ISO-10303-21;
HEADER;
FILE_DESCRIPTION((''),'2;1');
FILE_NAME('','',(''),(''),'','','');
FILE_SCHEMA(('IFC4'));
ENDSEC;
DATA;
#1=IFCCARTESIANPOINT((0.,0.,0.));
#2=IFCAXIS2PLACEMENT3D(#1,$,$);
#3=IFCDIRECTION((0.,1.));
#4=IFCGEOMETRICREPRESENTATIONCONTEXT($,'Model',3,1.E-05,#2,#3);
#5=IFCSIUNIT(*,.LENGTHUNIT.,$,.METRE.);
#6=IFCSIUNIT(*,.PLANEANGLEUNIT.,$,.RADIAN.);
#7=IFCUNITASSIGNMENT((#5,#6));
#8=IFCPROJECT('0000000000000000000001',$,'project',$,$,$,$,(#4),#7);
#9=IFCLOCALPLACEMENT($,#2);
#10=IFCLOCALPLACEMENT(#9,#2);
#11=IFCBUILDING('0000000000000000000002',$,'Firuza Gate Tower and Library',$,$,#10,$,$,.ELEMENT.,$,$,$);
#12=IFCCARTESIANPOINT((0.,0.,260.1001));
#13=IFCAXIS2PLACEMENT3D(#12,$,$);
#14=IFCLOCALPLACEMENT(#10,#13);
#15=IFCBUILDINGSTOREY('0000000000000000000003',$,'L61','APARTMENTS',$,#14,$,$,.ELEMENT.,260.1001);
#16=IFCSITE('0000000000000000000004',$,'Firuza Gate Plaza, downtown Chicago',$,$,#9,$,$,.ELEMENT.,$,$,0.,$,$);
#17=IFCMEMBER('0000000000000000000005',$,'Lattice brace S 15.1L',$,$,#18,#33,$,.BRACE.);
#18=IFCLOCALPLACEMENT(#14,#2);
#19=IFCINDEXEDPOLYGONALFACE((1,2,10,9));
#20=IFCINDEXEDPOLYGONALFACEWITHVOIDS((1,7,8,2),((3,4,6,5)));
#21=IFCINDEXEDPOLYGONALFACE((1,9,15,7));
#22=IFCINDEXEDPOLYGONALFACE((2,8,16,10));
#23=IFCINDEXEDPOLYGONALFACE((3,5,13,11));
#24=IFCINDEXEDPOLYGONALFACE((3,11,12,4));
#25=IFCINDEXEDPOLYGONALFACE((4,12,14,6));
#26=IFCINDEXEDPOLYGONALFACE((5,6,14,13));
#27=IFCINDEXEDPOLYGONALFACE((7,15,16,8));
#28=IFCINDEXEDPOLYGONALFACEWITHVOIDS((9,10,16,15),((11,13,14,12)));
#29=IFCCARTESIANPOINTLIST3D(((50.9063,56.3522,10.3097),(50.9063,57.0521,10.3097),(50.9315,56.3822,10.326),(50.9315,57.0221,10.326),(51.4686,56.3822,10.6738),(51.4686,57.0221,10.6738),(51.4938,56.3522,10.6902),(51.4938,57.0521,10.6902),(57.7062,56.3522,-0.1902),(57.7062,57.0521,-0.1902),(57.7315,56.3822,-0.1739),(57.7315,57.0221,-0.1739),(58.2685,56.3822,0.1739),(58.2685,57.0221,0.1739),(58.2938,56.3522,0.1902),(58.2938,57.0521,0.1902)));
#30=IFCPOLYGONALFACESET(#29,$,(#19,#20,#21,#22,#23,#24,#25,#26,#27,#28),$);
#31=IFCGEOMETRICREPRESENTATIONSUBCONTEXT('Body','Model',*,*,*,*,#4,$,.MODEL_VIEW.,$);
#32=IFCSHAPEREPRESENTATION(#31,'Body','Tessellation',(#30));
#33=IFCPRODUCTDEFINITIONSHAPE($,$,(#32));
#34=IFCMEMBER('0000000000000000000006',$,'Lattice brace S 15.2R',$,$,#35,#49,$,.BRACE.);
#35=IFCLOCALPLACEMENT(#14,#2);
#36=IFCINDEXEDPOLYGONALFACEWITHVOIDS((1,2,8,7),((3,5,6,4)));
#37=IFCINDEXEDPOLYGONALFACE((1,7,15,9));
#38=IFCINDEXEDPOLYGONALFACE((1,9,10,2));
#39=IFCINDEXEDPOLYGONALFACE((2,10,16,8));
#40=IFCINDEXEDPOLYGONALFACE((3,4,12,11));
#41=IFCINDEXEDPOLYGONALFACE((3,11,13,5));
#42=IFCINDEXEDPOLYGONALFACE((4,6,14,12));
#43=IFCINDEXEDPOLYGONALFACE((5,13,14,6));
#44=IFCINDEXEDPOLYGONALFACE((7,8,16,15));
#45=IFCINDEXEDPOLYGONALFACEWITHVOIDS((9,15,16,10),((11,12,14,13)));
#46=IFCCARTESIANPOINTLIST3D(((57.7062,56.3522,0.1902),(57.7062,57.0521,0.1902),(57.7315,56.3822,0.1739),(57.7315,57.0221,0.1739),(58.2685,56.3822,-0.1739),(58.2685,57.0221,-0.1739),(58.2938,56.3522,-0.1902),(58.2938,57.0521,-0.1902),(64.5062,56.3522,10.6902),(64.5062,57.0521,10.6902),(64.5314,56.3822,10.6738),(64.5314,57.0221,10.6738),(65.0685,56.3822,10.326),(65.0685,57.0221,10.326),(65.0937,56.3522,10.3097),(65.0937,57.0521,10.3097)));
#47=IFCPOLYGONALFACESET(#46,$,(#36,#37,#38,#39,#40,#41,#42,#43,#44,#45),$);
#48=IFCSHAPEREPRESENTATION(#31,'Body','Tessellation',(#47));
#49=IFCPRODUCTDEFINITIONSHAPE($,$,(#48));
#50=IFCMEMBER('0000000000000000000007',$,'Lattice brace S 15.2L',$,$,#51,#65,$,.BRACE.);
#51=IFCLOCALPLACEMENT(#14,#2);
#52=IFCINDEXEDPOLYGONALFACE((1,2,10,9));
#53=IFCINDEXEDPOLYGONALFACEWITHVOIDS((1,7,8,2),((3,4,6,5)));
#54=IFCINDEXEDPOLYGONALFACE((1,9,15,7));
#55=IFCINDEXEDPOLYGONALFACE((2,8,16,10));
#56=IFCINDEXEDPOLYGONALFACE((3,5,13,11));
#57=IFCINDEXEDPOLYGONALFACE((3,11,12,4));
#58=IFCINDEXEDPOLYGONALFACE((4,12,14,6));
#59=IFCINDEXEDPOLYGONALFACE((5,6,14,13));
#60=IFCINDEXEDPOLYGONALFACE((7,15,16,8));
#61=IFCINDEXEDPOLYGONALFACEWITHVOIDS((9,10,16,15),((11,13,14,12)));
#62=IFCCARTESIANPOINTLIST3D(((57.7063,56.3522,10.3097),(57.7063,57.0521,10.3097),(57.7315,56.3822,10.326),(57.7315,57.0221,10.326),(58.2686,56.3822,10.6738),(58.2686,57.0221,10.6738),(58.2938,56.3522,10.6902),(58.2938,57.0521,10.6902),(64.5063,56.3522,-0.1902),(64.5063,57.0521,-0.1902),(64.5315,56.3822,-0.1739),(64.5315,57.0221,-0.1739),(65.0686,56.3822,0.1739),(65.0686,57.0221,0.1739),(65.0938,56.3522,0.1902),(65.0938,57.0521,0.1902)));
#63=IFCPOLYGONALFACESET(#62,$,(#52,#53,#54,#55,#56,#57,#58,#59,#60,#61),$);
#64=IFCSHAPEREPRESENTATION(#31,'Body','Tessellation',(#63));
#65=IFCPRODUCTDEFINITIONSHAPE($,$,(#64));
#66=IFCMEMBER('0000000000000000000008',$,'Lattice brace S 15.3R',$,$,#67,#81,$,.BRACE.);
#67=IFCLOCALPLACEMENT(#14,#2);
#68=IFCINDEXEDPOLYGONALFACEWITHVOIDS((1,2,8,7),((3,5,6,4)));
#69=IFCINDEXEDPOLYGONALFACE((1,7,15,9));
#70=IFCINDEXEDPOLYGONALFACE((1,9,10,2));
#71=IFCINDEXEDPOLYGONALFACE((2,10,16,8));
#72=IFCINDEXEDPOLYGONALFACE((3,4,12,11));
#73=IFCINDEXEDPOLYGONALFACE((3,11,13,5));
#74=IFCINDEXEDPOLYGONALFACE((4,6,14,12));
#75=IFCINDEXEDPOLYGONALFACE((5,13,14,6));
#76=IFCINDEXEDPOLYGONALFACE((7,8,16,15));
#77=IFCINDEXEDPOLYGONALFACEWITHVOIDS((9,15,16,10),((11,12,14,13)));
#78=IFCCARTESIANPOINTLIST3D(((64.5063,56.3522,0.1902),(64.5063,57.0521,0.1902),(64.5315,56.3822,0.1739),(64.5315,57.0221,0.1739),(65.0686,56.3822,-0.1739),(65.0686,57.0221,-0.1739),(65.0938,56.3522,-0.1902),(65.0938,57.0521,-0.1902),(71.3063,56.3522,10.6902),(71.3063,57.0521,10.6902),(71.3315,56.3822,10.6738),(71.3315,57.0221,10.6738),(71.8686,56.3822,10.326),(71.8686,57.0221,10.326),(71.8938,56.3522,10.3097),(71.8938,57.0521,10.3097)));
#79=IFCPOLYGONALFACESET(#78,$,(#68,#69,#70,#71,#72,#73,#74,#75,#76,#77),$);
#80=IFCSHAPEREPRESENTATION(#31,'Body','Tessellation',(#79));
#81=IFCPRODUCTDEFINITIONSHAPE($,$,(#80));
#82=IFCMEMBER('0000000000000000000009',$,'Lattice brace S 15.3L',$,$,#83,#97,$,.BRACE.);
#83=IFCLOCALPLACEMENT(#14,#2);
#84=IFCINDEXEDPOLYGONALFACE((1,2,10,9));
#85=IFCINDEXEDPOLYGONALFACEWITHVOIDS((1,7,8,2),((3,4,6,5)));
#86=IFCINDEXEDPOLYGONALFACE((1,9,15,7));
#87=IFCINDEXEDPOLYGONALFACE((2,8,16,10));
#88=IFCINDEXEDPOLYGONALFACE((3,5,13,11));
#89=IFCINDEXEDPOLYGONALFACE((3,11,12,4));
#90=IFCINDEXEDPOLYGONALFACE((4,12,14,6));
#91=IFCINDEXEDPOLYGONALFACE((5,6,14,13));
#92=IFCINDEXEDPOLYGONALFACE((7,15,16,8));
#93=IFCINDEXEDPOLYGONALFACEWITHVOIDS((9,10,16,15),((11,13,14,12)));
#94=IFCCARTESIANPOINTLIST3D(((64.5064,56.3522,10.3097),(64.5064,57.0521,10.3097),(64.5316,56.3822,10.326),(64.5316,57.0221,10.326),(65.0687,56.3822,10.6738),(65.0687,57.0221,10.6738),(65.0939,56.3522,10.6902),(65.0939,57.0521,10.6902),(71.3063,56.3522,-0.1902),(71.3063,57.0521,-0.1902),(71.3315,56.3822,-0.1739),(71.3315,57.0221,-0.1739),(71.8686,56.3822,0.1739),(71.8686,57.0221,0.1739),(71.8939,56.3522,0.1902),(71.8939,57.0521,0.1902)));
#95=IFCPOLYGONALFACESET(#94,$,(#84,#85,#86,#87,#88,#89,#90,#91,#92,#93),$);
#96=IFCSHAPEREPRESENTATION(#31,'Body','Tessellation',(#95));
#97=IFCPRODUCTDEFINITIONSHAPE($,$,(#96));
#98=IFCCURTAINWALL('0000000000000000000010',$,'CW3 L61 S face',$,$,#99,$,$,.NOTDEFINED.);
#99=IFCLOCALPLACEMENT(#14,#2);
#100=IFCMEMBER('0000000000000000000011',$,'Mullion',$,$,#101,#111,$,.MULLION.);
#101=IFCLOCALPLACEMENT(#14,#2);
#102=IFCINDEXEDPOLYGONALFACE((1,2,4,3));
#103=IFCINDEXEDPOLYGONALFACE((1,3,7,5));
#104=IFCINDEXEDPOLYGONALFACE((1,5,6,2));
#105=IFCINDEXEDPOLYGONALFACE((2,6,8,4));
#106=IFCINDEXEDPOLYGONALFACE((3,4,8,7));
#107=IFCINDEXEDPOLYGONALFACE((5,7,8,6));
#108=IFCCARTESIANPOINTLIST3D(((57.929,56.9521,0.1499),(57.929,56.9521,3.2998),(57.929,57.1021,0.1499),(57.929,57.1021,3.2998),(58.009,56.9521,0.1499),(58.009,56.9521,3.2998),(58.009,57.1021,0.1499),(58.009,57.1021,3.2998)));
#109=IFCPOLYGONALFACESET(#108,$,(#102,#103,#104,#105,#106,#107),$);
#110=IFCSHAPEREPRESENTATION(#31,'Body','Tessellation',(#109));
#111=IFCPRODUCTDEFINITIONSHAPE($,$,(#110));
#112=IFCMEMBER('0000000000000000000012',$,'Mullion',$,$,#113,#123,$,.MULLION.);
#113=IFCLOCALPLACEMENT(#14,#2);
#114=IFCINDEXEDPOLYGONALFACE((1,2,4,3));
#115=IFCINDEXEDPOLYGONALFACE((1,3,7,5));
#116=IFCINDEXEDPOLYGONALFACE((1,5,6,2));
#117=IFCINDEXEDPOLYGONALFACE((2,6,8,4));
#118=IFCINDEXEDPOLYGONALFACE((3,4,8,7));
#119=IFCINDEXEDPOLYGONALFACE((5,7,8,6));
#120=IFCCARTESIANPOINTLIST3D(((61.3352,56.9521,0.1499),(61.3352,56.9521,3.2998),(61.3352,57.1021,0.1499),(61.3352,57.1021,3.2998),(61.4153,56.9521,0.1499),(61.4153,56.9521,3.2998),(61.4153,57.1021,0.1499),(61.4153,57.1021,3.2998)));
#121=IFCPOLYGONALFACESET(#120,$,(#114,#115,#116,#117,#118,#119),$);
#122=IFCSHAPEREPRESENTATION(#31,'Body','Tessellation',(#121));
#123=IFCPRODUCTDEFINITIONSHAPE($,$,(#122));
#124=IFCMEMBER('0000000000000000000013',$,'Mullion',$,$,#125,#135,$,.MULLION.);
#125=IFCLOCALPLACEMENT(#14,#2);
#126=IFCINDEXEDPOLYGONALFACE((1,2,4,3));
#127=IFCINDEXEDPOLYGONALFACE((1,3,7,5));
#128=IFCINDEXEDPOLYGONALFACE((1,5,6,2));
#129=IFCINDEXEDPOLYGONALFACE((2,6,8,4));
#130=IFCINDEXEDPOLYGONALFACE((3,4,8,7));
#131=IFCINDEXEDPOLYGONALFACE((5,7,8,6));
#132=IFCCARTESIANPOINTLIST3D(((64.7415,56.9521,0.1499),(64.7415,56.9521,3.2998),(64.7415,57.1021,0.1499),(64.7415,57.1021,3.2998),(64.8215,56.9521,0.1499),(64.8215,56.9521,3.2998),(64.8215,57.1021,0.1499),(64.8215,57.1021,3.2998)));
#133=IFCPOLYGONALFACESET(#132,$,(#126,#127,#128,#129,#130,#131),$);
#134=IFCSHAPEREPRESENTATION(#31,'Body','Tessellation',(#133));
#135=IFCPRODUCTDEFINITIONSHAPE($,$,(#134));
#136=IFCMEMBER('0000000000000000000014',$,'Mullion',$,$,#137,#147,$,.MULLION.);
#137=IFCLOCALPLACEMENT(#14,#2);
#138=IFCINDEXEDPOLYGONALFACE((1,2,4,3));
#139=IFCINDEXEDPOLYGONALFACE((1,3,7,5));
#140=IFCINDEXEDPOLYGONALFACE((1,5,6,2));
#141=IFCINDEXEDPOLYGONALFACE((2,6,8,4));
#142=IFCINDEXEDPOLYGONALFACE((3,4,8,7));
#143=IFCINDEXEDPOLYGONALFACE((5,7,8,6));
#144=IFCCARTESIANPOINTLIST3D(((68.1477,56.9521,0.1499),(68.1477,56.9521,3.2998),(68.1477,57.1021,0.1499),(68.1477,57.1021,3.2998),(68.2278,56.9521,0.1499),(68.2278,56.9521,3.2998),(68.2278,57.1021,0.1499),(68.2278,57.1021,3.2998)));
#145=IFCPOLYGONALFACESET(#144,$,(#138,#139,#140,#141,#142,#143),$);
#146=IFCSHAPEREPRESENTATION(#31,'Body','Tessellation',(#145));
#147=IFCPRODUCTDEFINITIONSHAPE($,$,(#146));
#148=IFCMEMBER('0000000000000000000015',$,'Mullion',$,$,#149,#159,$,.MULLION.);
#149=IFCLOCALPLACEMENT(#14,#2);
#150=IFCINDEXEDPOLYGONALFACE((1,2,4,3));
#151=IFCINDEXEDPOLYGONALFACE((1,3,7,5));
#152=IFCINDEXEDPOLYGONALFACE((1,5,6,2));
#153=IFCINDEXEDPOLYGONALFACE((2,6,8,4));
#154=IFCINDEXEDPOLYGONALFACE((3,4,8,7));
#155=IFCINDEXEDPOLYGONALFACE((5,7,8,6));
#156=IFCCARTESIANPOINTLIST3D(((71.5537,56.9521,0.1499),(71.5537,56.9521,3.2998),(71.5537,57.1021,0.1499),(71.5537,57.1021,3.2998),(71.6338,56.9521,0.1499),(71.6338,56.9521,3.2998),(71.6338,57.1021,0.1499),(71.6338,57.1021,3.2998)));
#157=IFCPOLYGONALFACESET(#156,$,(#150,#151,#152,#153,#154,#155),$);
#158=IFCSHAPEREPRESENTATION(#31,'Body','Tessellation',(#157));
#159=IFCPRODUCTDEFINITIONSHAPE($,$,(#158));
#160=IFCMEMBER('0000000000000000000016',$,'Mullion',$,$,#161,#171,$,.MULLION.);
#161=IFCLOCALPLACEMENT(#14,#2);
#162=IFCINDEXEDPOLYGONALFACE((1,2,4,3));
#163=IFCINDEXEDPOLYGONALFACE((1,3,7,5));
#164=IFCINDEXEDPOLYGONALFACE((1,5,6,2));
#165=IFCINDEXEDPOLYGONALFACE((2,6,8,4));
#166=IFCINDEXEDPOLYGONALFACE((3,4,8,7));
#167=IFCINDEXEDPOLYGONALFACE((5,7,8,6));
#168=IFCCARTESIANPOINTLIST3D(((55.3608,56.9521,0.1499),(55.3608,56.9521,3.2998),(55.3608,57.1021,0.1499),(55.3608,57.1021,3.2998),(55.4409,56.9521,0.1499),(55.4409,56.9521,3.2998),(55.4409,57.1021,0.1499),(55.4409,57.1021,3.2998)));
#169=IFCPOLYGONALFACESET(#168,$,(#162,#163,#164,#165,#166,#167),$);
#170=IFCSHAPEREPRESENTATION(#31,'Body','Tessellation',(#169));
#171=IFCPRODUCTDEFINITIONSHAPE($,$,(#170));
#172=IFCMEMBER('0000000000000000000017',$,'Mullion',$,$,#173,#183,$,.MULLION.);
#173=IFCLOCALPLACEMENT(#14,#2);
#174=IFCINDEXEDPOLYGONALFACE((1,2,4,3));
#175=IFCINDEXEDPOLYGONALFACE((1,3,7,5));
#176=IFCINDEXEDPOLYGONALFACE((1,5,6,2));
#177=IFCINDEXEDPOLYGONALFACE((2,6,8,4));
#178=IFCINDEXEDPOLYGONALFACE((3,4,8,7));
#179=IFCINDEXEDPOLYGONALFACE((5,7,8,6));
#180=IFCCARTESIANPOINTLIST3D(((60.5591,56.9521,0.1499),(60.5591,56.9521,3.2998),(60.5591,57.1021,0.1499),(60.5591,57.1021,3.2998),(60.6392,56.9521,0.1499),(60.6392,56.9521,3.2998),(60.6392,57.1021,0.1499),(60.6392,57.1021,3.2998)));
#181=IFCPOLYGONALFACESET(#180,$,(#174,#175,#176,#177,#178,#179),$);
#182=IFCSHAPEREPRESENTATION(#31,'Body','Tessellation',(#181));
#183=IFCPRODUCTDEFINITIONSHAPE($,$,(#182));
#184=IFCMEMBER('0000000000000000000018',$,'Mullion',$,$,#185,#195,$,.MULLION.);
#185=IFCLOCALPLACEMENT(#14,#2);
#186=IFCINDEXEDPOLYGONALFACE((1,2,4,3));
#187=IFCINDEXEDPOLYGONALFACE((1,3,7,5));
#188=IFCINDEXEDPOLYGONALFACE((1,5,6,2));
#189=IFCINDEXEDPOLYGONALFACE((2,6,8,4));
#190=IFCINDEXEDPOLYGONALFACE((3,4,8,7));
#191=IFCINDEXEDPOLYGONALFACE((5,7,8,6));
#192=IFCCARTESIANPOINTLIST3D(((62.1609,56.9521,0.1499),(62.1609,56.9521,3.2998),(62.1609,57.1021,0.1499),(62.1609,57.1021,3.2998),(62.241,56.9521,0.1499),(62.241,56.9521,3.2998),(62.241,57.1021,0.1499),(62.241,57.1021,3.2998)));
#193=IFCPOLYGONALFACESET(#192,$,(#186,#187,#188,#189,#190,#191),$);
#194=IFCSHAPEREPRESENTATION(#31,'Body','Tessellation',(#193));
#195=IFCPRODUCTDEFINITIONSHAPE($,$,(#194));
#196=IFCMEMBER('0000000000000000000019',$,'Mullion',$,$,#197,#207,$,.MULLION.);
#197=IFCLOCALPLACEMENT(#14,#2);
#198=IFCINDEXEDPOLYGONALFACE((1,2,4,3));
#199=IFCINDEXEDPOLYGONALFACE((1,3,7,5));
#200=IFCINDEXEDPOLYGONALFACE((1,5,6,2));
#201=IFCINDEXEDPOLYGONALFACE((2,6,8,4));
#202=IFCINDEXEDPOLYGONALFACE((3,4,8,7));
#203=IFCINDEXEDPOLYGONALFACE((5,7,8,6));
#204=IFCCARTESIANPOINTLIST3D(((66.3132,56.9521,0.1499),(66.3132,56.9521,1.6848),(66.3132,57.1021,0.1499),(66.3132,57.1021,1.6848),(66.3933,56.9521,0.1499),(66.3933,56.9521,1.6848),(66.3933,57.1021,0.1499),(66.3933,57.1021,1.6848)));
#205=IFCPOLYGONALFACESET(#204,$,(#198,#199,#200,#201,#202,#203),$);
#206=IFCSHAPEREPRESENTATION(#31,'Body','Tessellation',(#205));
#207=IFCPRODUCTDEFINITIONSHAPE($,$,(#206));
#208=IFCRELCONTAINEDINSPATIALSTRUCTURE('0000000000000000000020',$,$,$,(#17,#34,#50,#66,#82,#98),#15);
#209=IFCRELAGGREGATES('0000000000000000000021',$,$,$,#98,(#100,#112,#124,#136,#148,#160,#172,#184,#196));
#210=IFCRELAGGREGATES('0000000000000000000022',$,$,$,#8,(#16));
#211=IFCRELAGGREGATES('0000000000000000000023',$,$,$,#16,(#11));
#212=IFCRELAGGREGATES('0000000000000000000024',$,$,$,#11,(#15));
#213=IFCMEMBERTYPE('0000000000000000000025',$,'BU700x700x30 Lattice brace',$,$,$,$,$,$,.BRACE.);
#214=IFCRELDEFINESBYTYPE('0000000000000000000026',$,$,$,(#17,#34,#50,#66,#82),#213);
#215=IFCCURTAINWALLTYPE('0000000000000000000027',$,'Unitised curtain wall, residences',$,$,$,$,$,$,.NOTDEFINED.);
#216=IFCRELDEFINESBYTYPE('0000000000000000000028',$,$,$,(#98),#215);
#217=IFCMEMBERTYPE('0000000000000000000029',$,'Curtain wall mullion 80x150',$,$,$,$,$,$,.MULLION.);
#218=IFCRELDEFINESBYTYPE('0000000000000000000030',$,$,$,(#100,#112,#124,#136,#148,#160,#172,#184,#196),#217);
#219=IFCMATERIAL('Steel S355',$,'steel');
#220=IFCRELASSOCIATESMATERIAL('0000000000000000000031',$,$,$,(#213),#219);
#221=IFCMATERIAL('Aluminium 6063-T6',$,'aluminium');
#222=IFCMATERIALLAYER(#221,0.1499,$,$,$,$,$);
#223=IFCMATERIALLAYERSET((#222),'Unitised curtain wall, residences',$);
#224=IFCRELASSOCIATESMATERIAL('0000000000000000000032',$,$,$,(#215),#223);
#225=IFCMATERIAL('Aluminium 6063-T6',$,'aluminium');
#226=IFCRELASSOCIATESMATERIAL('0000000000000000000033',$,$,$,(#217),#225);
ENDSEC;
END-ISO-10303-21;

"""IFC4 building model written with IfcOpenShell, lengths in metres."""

from ifc_helpers import new_model, si_unit, direction, frame, origin, origin_2d, place, context, subcontext, project, spatial, rectangle, hollow_rectangle, extrude, material, layer, layer_set, material_profile, profile_set, type_object, element, aggregate, save


model = new_model("IFC4")

# Units and contexts
model_context = context("Model", 3, precision=1e-05, world=origin(), true_north=direction((0.0, 1.0)))
body_context = subcontext(model_context, "Body", "Model", "MODEL_VIEW")
ifc_project = project(units=[si_unit("LENGTHUNIT", "METRE"), si_unit("PLANEANGLEUNIT", "RADIAN")], contexts=[model_context])

# Site, building, storey
site_placement = place(None, origin())
site = spatial("IfcSite", under=ifc_project, at=site_placement, Name="Firuza Gate Plaza, downtown Chicago", CompositionType="ELEMENT", RefElevation=0.0)
building_placement = place(site_placement, origin())
building = spatial("IfcBuilding", under=site, at=building_placement, Name="Firuza Gate Tower and Library", CompositionType="ELEMENT")
storey_placement = place(building_placement, frame((0.0, 0.0, 260.1001)))
storey = spatial("IfcBuildingStorey", under=building, at=storey_placement, Name="L61", Description="APARTMENTS", CompositionType="ELEMENT", Elevation=260.1001)

# Members
ifc_material_1 = material(Name="Steel S355", Category="steel")
ifc_material_profile_1 = material_profile(ifc_material_1, hollow_rectangle(XDim=0.7, YDim=0.7, WallThickness=0.03, at=origin_2d()))
ifc_profile_set_1 = profile_set([ifc_material_profile_1], Name="Steel S355")
member_type_1 = type_object("IfcMemberType", Name="BU700x700x30 Lattice brace", PredefinedType="BRACE", material=ifc_profile_set_1)
for number, where, z_axis, x_axis, name in (
    (1, (58.0, 56.7021, 0.0), (-0.543585, 0.0, 0.839354), (0.0, -1.0, 0.0), "Lattice brace S 15.1L"),
    (2, (58.0, 56.7021, 0.0), (0.543585, 0.0, 0.839354), (0.0, 1.0, 0.0), "Lattice brace S 15.2R"),
    (3, (64.8, 56.7021, 0.0), (-0.543585, 0.0, 0.839354), (0.0, -1.0, 0.0), "Lattice brace S 15.2L"),
    (4, (64.8, 56.7021, 0.0), (0.543585, 0.0, 0.839354), (0.0, 1.0, 0.0), "Lattice brace S 15.3R"),
    (5, (71.6001, 56.7021, 0.0), (-0.543585, 0.0, 0.839354), (0.0, -1.0, 0.0), "Lattice brace S 15.3L"),
):
    element("IfcMember", number, at=place(storey_placement, frame(where, z_axis=z_axis, x_axis=x_axis)), inside=storey, type_object=member_type_1, Name=name, PredefinedType="BRACE", context=body_context, shape_type="SweptSolid", body=[
        extrude(hollow_rectangle(XDim=0.7, YDim=0.7, WallThickness=0.03, at=origin_2d()), origin(), (0.0, 0.0, 1.0), 12.5095),
    ])

# Curtain wall, members
ifc_material_2 = material(Name="Aluminium 6063-T6", Category="aluminium")
ifc_layer_1 = layer(ifc_material_2, 0.1499)
ifc_layer_set_1 = layer_set([ifc_layer_1], Name="Unitised curtain wall, residences")
curtain_wall_type = type_object("IfcCurtainWallType", Name="Unitised curtain wall, residences", PredefinedType="NOTDEFINED", material=ifc_layer_set_1)
curtain_wall_placement = place(storey_placement, origin())
curtain_wall = element("IfcCurtainWall", 6, at=curtain_wall_placement, inside=storey, type_object=curtain_wall_type, Name="CW3 L61 S face", PredefinedType="NOTDEFINED")
ifc_material_3 = material(Name="Aluminium 6063-T6", Category="aluminium")
ifc_material_profile_2 = material_profile(ifc_material_3, rectangle(XDim=0.1499, YDim=0.0801, at=origin_2d()))
ifc_profile_set_2 = profile_set([ifc_material_profile_2], Name="Aluminium 6063-T6")
member_type_2 = type_object("IfcMemberType", Name="Curtain wall mullion 80x150", PredefinedType="MULLION", material=ifc_profile_set_2)
member_1_placement = place(storey_placement, frame((57.969, 57.0271, 0.1499), z_axis=(0.0, 0.0, 1.0), x_axis=(0.0, 1.0, 0.0)))
member_1 = element("IfcMember", 7, at=member_1_placement, type_object=member_type_2, Name="Mullion", PredefinedType="MULLION", context=body_context, shape_type="SweptSolid", body=[
    extrude(rectangle(XDim=0.1499, YDim=0.0801, at=origin_2d()), origin(), (0.0, 0.0, 1.0), 3.1499),
])
member_2_placement = place(storey_placement, frame((61.3752, 57.0271, 0.1499), z_axis=(0.0, 0.0, 1.0), x_axis=(0.0, 1.0, 0.0)))
member_2 = element("IfcMember", 8, at=member_2_placement, type_object=member_type_2, Name="Mullion", PredefinedType="MULLION", context=body_context, shape_type="SweptSolid", body=[
    extrude(rectangle(XDim=0.1499, YDim=0.0801, at=origin_2d()), origin(), (0.0, 0.0, 1.0), 3.1499),
])
member_3_placement = place(storey_placement, frame((64.7815, 57.0271, 0.1499), z_axis=(0.0, 0.0, 1.0), x_axis=(0.0, 1.0, 0.0)))
member_3 = element("IfcMember", 9, at=member_3_placement, type_object=member_type_2, Name="Mullion", PredefinedType="MULLION", context=body_context, shape_type="SweptSolid", body=[
    extrude(rectangle(XDim=0.1499, YDim=0.0801, at=origin_2d()), origin(), (0.0, 0.0, 1.0), 3.1499),
])
member_4_placement = place(storey_placement, frame((68.1877, 57.0271, 0.1499), z_axis=(0.0, 0.0, 1.0), x_axis=(0.0, 1.0, 0.0)))
member_4 = element("IfcMember", 10, at=member_4_placement, type_object=member_type_2, Name="Mullion", PredefinedType="MULLION", context=body_context, shape_type="SweptSolid", body=[
    extrude(rectangle(XDim=0.1499, YDim=0.0801, at=origin_2d()), origin(), (0.0, 0.0, 1.0), 3.1499),
])
member_5_placement = place(storey_placement, frame((71.5938, 57.0271, 0.1499), z_axis=(0.0, 0.0, 1.0), x_axis=(0.0, 1.0, 0.0)))
member_5 = element("IfcMember", 11, at=member_5_placement, type_object=member_type_2, Name="Mullion", PredefinedType="MULLION", context=body_context, shape_type="SweptSolid", body=[
    extrude(rectangle(XDim=0.1499, YDim=0.0801, at=origin_2d()), origin(), (0.0, 0.0, 1.0), 3.1499),
])
member_6_placement = place(storey_placement, frame((55.4009, 57.0271, 0.1499), z_axis=(0.0, 0.0, 1.0), x_axis=(0.0, 1.0, 0.0)))
member_6 = element("IfcMember", 12, at=member_6_placement, type_object=member_type_2, Name="Mullion", PredefinedType="MULLION", context=body_context, shape_type="SweptSolid", body=[
    extrude(rectangle(XDim=0.1499, YDim=0.0801, at=origin_2d()), origin(), (0.0, 0.0, 1.0), 3.1499),
])
member_7_placement = place(storey_placement, frame((60.5991, 57.0271, 0.1499), z_axis=(0.0, 0.0, 1.0), x_axis=(0.0, 1.0, 0.0)))
member_7 = element("IfcMember", 13, at=member_7_placement, type_object=member_type_2, Name="Mullion", PredefinedType="MULLION", context=body_context, shape_type="SweptSolid", body=[
    extrude(rectangle(XDim=0.1499, YDim=0.0801, at=origin_2d()), origin(), (0.0, 0.0, 1.0), 3.1499),
])
member_8_placement = place(storey_placement, frame((62.2009, 57.0271, 0.1499), z_axis=(0.0, 0.0, 1.0), x_axis=(0.0, 1.0, 0.0)))
member_8 = element("IfcMember", 14, at=member_8_placement, type_object=member_type_2, Name="Mullion", PredefinedType="MULLION", context=body_context, shape_type="SweptSolid", body=[
    extrude(rectangle(XDim=0.1499, YDim=0.0801, at=origin_2d()), origin(), (0.0, 0.0, 1.0), 3.1499),
])
member_9_placement = place(storey_placement, frame((66.3533, 57.0271, 0.1499), z_axis=(0.0, 0.0, 1.0), x_axis=(0.0, 1.0, 0.0)))
member_9 = element("IfcMember", 15, at=member_9_placement, type_object=member_type_2, Name="Mullion", PredefinedType="MULLION", context=body_context, shape_type="SweptSolid", body=[
    extrude(rectangle(XDim=0.1499, YDim=0.0801, at=origin_2d()), origin(), (0.0, 0.0, 1.0), 1.5349),
])
aggregate(curtain_wall, [member_1, member_2, member_3, member_4, member_5, member_6, member_7, member_8, member_9])

save(model, "model.ifc")
